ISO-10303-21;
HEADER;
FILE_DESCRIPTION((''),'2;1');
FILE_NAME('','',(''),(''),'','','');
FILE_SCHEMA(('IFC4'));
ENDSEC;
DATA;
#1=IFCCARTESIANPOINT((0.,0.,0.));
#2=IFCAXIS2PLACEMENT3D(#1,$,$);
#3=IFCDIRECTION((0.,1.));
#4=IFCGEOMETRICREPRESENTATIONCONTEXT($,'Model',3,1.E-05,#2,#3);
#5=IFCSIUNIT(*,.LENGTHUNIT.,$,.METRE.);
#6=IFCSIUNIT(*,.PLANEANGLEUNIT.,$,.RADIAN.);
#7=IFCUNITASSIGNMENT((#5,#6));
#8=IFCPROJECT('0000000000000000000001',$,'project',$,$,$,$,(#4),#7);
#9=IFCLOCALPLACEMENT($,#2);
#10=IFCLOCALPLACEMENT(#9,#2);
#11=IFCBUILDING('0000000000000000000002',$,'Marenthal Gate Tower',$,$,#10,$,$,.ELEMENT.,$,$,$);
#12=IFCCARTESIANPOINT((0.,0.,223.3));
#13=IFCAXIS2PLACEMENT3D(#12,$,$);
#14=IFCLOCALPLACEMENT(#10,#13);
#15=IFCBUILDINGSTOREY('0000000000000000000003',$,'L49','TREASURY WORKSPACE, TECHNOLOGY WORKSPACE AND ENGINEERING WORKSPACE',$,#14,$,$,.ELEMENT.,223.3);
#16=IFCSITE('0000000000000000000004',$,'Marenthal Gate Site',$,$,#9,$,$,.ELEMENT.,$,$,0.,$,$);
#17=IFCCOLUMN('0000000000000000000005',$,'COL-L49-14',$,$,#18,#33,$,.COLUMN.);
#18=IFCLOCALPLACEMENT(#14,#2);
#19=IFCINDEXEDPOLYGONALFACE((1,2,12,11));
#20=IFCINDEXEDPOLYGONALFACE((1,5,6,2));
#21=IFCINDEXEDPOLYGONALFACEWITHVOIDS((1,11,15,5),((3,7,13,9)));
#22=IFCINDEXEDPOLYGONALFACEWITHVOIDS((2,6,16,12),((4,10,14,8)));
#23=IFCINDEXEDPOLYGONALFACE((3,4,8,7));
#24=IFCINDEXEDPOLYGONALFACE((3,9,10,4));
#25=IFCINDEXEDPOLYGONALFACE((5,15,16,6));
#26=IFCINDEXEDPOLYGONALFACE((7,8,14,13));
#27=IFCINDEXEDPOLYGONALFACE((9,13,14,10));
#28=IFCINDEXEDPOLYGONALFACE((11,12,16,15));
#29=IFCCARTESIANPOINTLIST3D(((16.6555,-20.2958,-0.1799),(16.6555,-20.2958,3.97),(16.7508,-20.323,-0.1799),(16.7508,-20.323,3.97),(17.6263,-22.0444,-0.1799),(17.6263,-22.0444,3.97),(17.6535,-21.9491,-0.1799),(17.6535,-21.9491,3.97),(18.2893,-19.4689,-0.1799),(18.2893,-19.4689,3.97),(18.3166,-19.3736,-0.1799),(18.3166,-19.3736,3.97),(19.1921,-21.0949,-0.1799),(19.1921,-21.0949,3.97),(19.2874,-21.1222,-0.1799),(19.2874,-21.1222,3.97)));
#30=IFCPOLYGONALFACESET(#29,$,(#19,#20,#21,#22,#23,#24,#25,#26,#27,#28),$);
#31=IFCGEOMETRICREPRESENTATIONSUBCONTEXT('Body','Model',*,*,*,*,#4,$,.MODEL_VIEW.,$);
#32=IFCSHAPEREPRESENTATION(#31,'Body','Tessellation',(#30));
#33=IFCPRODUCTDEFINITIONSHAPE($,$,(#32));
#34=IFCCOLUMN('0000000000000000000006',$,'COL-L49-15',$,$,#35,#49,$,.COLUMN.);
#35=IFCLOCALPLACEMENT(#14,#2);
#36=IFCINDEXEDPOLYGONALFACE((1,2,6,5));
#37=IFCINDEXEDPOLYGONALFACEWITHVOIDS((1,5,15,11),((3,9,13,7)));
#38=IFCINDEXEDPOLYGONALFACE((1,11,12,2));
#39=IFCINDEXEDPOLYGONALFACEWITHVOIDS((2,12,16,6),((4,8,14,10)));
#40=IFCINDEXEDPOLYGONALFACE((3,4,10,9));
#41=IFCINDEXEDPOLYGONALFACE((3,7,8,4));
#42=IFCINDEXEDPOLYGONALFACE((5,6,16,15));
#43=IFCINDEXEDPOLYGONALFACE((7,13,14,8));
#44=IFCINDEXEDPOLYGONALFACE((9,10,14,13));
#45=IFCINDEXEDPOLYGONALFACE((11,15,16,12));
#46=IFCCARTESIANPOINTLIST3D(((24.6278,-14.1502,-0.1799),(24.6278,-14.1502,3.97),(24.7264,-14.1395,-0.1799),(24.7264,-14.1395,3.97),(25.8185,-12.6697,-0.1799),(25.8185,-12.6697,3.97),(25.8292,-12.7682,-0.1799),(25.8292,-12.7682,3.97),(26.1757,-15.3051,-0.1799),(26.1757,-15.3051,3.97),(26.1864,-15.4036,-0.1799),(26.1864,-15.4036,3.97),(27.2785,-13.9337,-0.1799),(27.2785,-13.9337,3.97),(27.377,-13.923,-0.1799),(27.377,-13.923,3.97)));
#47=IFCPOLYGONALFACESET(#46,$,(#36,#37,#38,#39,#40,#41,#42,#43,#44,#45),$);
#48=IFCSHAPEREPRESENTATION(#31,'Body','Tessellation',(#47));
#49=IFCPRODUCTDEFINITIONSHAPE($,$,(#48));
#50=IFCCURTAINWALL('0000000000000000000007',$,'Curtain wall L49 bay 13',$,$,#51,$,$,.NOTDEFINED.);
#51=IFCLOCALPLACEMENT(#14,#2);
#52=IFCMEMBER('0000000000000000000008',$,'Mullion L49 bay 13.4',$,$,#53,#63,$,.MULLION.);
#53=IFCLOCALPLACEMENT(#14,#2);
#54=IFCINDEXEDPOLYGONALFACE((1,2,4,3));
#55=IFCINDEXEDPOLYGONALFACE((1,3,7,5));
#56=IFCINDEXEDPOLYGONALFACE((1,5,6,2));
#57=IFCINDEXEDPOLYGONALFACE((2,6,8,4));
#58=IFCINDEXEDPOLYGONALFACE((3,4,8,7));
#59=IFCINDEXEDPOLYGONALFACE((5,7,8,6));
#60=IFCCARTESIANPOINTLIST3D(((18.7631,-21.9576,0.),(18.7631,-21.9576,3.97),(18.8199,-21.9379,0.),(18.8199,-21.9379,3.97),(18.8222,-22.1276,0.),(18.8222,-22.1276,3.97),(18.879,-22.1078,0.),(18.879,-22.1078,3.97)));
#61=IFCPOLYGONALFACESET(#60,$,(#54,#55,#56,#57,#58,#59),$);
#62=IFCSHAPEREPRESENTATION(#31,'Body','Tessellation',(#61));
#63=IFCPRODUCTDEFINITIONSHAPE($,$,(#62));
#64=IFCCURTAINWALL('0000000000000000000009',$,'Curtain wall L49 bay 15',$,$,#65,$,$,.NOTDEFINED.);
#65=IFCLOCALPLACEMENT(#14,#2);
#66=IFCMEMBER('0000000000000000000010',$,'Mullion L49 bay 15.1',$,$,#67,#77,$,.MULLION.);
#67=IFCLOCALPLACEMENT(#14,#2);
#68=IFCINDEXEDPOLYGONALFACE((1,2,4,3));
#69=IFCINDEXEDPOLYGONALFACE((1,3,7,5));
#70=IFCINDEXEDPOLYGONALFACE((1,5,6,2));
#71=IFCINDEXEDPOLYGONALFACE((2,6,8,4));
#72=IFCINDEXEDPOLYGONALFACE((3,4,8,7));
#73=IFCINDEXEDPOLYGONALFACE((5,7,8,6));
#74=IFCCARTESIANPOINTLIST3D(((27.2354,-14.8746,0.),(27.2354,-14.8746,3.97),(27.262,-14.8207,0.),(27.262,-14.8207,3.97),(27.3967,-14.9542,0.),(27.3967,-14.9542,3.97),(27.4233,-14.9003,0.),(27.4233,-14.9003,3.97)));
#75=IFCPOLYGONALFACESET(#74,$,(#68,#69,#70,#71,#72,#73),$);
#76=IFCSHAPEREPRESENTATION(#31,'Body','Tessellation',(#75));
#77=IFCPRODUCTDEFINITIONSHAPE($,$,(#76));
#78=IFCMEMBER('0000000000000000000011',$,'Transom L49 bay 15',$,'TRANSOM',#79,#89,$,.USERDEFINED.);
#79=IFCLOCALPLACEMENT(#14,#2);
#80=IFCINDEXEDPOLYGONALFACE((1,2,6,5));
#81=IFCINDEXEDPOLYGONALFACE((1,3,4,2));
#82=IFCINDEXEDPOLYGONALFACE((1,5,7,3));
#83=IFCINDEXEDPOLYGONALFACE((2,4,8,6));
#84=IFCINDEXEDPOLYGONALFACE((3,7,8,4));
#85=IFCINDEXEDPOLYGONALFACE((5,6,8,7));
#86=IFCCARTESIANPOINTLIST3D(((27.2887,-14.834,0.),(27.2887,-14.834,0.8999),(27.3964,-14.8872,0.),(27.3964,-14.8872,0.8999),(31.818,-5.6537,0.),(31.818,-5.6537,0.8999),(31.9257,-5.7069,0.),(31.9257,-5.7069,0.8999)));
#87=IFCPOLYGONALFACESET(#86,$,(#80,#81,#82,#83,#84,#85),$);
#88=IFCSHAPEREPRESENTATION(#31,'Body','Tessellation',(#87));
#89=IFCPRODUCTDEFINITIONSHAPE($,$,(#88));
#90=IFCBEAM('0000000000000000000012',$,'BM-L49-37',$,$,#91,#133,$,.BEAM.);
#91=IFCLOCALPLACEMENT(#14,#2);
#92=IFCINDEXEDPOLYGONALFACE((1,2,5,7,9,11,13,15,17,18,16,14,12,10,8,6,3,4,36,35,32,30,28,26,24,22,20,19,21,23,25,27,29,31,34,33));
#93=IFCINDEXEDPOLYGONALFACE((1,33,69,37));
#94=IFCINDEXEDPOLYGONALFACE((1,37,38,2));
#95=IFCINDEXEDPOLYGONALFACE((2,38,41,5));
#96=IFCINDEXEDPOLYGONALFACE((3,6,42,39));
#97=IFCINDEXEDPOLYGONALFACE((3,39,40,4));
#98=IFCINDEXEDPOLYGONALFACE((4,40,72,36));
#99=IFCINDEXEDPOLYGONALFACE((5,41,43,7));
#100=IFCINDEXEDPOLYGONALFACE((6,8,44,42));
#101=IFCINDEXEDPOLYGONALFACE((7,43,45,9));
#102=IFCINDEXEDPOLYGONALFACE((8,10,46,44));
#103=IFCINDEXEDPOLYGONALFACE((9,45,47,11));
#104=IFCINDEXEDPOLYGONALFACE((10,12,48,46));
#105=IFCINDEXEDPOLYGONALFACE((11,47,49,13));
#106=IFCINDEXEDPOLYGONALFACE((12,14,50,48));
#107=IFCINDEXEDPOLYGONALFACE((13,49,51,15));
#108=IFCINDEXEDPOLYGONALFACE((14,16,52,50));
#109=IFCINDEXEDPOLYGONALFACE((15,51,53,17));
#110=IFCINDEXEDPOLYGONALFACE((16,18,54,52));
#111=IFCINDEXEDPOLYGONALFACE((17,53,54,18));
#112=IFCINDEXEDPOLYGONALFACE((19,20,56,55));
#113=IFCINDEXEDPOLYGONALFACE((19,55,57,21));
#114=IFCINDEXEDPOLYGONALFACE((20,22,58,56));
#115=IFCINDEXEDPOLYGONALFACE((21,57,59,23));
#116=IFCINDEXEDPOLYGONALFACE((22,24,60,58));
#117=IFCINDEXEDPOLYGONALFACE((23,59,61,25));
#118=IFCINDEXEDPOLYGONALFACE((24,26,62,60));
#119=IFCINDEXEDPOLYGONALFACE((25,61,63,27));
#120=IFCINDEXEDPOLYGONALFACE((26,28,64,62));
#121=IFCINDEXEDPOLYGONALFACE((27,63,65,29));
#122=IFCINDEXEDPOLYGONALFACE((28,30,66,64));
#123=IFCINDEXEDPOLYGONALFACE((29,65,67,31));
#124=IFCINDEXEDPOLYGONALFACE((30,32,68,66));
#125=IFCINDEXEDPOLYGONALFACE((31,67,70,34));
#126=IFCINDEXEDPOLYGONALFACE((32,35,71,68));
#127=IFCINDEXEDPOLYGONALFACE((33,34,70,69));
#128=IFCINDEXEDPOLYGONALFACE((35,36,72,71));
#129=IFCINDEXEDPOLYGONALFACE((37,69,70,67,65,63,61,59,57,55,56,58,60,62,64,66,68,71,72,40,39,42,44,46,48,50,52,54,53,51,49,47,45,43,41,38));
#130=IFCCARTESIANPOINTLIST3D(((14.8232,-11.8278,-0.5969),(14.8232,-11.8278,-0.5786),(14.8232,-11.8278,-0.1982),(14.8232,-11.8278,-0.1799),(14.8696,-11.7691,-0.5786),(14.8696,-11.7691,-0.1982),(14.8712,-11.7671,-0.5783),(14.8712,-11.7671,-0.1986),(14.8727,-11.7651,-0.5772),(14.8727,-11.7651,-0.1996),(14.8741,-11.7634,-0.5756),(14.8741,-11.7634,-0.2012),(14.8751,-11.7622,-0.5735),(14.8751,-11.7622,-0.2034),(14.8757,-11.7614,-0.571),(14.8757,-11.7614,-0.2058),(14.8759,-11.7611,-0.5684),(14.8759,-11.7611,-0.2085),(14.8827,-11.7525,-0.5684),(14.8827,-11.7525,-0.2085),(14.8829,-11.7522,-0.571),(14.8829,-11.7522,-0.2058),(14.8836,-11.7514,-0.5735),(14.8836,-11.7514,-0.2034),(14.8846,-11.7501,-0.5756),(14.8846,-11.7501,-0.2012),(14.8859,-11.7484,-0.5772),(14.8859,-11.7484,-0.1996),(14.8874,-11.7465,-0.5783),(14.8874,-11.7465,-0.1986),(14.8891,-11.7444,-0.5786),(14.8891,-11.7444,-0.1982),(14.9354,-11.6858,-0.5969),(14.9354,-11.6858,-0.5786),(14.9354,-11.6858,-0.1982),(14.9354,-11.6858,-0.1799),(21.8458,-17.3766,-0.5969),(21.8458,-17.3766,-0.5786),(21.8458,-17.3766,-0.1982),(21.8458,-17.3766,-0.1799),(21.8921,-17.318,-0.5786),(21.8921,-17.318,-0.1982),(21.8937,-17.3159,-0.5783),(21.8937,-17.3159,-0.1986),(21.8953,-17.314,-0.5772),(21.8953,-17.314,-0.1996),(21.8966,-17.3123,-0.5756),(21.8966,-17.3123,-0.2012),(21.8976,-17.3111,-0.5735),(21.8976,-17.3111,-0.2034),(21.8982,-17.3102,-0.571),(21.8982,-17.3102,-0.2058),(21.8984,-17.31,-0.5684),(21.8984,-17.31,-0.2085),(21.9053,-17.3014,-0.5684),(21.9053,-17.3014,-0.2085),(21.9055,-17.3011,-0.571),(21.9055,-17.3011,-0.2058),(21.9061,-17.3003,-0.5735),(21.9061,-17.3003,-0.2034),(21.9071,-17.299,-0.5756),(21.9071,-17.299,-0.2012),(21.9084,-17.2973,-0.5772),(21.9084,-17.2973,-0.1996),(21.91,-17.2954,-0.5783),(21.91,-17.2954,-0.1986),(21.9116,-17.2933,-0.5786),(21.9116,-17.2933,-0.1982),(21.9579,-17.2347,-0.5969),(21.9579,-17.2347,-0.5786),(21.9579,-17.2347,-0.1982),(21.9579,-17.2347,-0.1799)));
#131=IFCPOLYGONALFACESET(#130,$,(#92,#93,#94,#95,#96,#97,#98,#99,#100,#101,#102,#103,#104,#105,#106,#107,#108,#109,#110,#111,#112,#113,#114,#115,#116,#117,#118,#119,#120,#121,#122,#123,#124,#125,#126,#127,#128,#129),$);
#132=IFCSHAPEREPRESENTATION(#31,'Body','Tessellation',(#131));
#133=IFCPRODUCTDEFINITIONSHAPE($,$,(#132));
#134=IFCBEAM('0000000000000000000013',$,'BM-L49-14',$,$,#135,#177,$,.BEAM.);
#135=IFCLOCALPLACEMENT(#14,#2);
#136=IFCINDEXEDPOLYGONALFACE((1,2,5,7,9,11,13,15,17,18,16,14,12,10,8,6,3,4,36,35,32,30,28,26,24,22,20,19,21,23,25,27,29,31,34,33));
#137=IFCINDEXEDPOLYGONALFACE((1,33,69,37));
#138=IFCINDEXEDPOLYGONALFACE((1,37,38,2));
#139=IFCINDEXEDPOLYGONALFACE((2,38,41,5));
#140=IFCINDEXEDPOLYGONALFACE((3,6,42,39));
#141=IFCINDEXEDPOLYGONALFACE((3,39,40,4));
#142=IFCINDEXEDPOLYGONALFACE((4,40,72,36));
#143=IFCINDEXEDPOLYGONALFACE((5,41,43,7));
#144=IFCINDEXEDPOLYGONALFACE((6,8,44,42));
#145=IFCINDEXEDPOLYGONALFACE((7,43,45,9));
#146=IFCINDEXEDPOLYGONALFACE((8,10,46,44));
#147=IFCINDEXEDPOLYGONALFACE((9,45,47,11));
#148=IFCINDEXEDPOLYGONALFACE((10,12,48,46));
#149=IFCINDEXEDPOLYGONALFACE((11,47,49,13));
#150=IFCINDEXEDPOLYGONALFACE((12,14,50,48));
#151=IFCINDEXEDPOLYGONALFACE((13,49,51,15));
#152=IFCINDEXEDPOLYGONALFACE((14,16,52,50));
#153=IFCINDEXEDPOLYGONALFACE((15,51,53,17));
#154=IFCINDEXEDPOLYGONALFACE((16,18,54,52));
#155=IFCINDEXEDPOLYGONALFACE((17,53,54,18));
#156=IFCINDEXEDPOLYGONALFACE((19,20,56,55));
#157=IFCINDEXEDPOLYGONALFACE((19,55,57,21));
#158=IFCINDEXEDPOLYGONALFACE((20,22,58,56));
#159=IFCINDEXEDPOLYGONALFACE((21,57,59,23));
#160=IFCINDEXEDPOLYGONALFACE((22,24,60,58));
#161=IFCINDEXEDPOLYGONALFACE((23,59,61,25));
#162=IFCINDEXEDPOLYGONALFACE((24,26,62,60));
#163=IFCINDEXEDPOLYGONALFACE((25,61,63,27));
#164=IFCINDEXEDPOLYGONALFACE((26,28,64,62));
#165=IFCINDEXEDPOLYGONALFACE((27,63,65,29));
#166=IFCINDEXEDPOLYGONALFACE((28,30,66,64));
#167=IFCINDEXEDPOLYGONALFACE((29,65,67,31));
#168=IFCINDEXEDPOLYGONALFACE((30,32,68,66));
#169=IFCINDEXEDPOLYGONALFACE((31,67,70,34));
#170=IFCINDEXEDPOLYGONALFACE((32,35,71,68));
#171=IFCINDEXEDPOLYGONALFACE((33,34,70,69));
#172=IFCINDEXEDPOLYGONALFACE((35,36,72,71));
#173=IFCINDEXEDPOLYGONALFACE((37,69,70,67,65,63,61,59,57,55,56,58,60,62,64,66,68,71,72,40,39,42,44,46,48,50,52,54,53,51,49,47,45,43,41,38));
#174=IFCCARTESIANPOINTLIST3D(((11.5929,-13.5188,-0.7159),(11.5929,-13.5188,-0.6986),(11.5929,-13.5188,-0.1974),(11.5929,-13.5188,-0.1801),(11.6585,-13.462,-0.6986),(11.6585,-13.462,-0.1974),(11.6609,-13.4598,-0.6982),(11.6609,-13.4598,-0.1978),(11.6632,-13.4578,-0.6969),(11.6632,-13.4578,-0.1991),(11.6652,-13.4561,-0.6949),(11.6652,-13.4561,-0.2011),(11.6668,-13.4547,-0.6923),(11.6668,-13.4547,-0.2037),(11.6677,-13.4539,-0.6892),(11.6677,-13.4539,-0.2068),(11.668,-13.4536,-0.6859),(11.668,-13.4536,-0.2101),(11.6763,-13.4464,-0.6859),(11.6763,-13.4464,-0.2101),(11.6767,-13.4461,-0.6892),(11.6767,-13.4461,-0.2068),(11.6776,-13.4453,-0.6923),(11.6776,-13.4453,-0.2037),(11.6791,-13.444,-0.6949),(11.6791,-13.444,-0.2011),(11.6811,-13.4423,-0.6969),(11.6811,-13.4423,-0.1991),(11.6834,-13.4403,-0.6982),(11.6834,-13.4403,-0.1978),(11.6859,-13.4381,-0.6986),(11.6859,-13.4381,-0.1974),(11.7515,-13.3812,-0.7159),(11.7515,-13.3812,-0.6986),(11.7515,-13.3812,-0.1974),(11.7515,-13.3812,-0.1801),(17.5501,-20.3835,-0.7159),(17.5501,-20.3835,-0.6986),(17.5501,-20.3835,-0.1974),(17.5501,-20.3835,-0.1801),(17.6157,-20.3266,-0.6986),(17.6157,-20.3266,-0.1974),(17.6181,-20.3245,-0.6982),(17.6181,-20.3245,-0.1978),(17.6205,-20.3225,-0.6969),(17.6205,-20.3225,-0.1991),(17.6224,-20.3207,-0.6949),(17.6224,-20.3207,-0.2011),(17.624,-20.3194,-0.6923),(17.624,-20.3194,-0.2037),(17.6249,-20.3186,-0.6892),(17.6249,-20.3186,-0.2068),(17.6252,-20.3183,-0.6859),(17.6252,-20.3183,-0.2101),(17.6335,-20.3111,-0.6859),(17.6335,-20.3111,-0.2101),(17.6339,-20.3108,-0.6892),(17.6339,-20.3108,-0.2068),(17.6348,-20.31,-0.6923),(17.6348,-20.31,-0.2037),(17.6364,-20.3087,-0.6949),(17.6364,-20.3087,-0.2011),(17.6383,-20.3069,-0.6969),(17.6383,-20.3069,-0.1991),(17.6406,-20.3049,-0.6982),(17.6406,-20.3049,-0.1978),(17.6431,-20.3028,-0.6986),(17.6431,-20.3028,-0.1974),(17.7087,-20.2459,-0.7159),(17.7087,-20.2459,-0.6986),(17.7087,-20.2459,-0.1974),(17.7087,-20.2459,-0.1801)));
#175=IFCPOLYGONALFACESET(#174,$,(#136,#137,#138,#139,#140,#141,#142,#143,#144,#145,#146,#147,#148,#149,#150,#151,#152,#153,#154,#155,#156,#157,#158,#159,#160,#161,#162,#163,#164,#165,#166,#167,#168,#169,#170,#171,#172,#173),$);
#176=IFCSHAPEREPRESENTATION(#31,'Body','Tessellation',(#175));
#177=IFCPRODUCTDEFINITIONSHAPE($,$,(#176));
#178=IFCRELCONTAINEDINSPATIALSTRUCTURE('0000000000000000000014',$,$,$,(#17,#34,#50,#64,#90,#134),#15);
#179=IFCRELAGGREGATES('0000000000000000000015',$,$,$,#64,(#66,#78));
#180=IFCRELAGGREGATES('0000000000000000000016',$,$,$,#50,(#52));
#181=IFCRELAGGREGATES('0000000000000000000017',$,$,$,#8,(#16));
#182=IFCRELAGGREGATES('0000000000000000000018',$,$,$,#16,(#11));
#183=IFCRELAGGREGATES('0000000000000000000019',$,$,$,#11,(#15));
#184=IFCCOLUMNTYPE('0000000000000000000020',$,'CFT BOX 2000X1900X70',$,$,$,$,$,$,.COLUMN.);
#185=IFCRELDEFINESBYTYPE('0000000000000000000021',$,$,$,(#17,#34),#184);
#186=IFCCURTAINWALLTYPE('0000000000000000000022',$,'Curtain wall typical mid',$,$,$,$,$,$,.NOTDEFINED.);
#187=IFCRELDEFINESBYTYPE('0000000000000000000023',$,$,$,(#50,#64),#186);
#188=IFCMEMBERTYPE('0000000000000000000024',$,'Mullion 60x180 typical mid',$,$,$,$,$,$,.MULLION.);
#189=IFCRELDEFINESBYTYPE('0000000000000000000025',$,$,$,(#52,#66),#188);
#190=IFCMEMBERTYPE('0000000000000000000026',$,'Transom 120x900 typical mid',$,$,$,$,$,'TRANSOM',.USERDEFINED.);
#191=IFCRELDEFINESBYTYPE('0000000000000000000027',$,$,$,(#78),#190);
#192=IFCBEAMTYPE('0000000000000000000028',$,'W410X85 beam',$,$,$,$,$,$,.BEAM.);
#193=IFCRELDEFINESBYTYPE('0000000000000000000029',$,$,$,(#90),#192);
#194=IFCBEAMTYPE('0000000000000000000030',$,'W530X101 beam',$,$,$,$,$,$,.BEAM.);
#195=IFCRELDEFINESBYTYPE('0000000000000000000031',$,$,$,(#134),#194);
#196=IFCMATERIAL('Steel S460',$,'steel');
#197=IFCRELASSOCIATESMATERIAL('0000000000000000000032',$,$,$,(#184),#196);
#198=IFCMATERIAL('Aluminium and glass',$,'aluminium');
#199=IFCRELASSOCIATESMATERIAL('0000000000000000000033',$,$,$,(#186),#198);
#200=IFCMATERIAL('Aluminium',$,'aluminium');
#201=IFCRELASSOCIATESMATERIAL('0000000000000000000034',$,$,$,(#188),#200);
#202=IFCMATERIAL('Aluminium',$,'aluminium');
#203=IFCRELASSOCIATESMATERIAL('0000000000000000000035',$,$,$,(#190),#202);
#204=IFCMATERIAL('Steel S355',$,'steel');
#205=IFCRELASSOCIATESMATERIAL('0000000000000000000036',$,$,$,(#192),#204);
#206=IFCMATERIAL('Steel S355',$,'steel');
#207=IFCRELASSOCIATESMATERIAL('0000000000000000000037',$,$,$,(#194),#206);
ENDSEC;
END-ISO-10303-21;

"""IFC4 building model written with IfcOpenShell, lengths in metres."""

from ifc_helpers import new_model, si_unit, direction, frame, origin, origin_2d, place, context, subcontext, project, spatial, rectangle, hollow_rectangle, i_section, extrude, material, material_profile, profile_set, type_object, element, aggregate, save


model = new_model("IFC4")

# Units and contexts
model_context = context("Model", 3, precision=1e-05, world=origin(), true_north=direction((0.0, 1.0)))
body_context = subcontext(model_context, "Body", "Model", "MODEL_VIEW")
ifc_project = project(units=[si_unit("LENGTHUNIT", "METRE"), si_unit("PLANEANGLEUNIT", "RADIAN")], contexts=[model_context])

# Site, building, storey
site_placement = place(None, origin())
site = spatial("IfcSite", under=ifc_project, at=site_placement, Name="Marenthal Gate Site", CompositionType="ELEMENT", RefElevation=0.0)
building_placement = place(site_placement, origin())
building = spatial("IfcBuilding", under=site, at=building_placement, Name="Marenthal Gate Tower", CompositionType="ELEMENT")
storey_placement = place(building_placement, frame((0.0, 0.0, 223.3)))
storey = spatial("IfcBuildingStorey", under=building, at=storey_placement, Name="L49", Description="TREASURY WORKSPACE, TECHNOLOGY WORKSPACE AND ENGINEERING WORKSPACE", CompositionType="ELEMENT", Elevation=223.3)

# Columns
ifc_material_1 = material(Name="Steel S460", Category="steel")
ifc_material_profile_1 = material_profile(ifc_material_1, hollow_rectangle(XDim=1.8999, YDim=2.0, WallThickness=0.0701, at=origin_2d()), Name="CFT BOX 2000X1900X70")
ifc_material_2 = material(Name="Concrete 70 MPa", Category="concrete")
ifc_material_profile_2 = material_profile(ifc_material_2, rectangle(XDim=1.76, YDim=1.8601, at=origin_2d()), Name="CFT BOX 2000X1900X70 INFILL")
ifc_profile_set_1 = profile_set([ifc_material_profile_1, ifc_material_profile_2], Name="Steel S460 shell, Concrete 70 MPa infill")
column_type = type_object("IfcColumnType", Name="CFT BOX 2000X1900X70", PredefinedType="COLUMN", material=ifc_profile_set_1)
for number, where, z_axis, x_axis, name in (
    (1, (17.9714, -20.709, -0.1799), (0.0, 0.0, 1.0), (-0.874301, -0.485385, 0.0), "COL-L49-14"),
    (2, (26.0024, -14.0366, -0.1799), (0.0, 0.0, 1.0), (-0.626684, -0.779273, 0.0), "COL-L49-15"),
):
    element("IfcColumn", number, at=place(storey_placement, frame(where, z_axis=z_axis, x_axis=x_axis)), inside=storey, type_object=column_type, Name=name, PredefinedType="COLUMN", context=body_context, shape_type="SweptSolid", body=[
        extrude(hollow_rectangle(XDim=1.8999, YDim=2.0, WallThickness=0.0701, at=origin_2d()), origin(), (0.0, 0.0, 1.0), 4.1499),
    ])

# Curtain wall, member
ifc_material_3 = material(Name="Aluminium and glass", Category="aluminium")
curtain_wall_type = type_object("IfcCurtainWallType", Name="Curtain wall typical mid", PredefinedType="NOTDEFINED", material=ifc_material_3)
curtain_wall_1_placement = place(storey_placement, origin())
curtain_wall_1 = element("IfcCurtainWall", 3, at=curtain_wall_1_placement, inside=storey, type_object=curtain_wall_type, Name="Curtain wall L49 bay 13", PredefinedType="NOTDEFINED")
ifc_material_4 = material(Name="Aluminium", Category="aluminium")
ifc_material_profile_3 = material_profile(ifc_material_4, rectangle(XDim=0.1799, YDim=0.0601, at=origin_2d()), Name="60x180 aluminium mullion")
ifc_profile_set_2 = profile_set([ifc_material_profile_3], Name="Aluminium")
member_type_1 = type_object("IfcMemberType", Name="Mullion 60x180 typical mid", PredefinedType="MULLION", material=ifc_profile_set_2)
member_1_placement = place(storey_placement, frame((18.821, -22.0327, 0.0), z_axis=(0.0, 0.0, 1.0), x_axis=(-0.328468, 0.944515, 0.0)))
member_1 = element("IfcMember", 4, at=member_1_placement, type_object=member_type_1, Name="Mullion L49 bay 13.4", PredefinedType="MULLION", context=body_context, shape_type="SweptSolid", body=[
    extrude(rectangle(XDim=0.1799, YDim=0.0601, at=origin_2d()), origin(), (0.0, 0.0, 1.0), 3.97),
])

# Curtain wall, members
curtain_wall_2_placement = place(storey_placement, origin())
curtain_wall_2 = element("IfcCurtainWall", 5, at=curtain_wall_2_placement, inside=storey, type_object=curtain_wall_type, Name="Curtain wall L49 bay 15", PredefinedType="NOTDEFINED")
member_2_placement = place(storey_placement, frame((27.3293, -14.8875, 0.0), z_axis=(0.0, 0.0, 1.0), x_axis=(-0.896798, 0.442441, 0.0)))
member_2 = element("IfcMember", 6, at=member_2_placement, type_object=member_type_1, Name="Mullion L49 bay 15.1", PredefinedType="MULLION", context=body_context, shape_type="SweptSolid", body=[
    extrude(rectangle(XDim=0.1799, YDim=0.0601, at=origin_2d()), origin(), (0.0, 0.0, 1.0), 3.97),
])
ifc_material_5 = material(Name="Aluminium", Category="aluminium")
ifc_material_profile_4 = material_profile(ifc_material_5, rectangle(XDim=0.1201, YDim=0.8999, at=origin_2d()), Name="120x900 aluminium transom")
ifc_profile_set_3 = profile_set([ifc_material_profile_4], Name="Aluminium")
member_type_2 = type_object("IfcMemberType", Name="Transom 120x900 typical mid", ElementType="TRANSOM", PredefinedType="USERDEFINED", material=ifc_profile_set_3)
member_3_placement = place(storey_placement, frame((27.3425, -14.8606, 0.45), z_axis=(0.442456, 0.89679, 0.0), x_axis=(-0.89679, 0.442456, 0.0)))
member_3 = element("IfcMember", 7, at=member_3_placement, type_object=member_type_2, Name="Transom L49 bay 15", ObjectType="TRANSOM", PredefinedType="USERDEFINED", context=body_context, shape_type="SweptSolid", body=[
    extrude(rectangle(XDim=0.1201, YDim=0.8999, at=origin_2d()), origin(), (0.0, 0.0, 1.0), 10.2368),
])
aggregate(curtain_wall_2, [member_2, member_3])

# Beams
ifc_material_6 = material(Name="Steel S355", Category="steel")
ifc_material_profile_5 = material_profile(ifc_material_6, i_section(OverallWidth=0.1809, OverallDepth=0.417, WebThickness=0.011, FlangeThickness=0.0183, FilletRadius=0.0103, at=origin_2d()), Name="W410X85")
ifc_profile_set_4 = profile_set([ifc_material_profile_5], Name="Steel S355")
beam_type_1 = type_object("IfcBeamType", Name="W410X85 beam", PredefinedType="BEAM", material=ifc_profile_set_4)
beam_1_placement = place(storey_placement, frame((21.9019, -17.3057, -0.3884), z_axis=(-0.784623, 0.619973, 0.0), x_axis=(-0.619973, -0.784623, 0.0)))
element("IfcBeam", 8, at=beam_1_placement, inside=storey, type_object=beam_type_1, Name="BM-L49-37", PredefinedType="BEAM", context=body_context, shape_type="SweptSolid", body=[
    extrude(i_section(OverallWidth=0.1809, OverallDepth=0.417, WebThickness=0.011, FlangeThickness=0.0183, FilletRadius=0.0103, at=origin_2d()), origin(), (0.0, 0.0, 1.0), 8.9502),
])
ifc_material_7 = material(Name="Steel S355", Category="steel")
ifc_material_profile_6 = material_profile(ifc_material_7, i_section(OverallWidth=0.21, OverallDepth=0.5359, WebThickness=0.011, FlangeThickness=0.0173, FilletRadius=0.0127, at=origin_2d()), Name="W530X101")
ifc_profile_set_5 = profile_set([ifc_material_profile_6], Name="Steel S355")
beam_type_2 = type_object("IfcBeamType", Name="W530X101 beam", PredefinedType="BEAM", material=ifc_profile_set_5)
beam_2_placement = place(storey_placement, frame((17.6294, -20.3147, -0.448), z_axis=(-0.655422, 0.755263, 0.0), x_axis=(-0.755263, -0.655422, 0.0)))
element("IfcBeam", 9, at=beam_2_placement, inside=storey, type_object=beam_type_2, Name="BM-L49-14", PredefinedType="BEAM", context=body_context, shape_type="SweptSolid", body=[
    extrude(i_section(OverallWidth=0.21, OverallDepth=0.5359, WebThickness=0.011, FlangeThickness=0.0173, FilletRadius=0.0127, at=origin_2d()), origin(), (0.0, 0.0, 1.0), 9.0891),
])

aggregate(curtain_wall_1, [member_1])

save(model, "model.ifc")
